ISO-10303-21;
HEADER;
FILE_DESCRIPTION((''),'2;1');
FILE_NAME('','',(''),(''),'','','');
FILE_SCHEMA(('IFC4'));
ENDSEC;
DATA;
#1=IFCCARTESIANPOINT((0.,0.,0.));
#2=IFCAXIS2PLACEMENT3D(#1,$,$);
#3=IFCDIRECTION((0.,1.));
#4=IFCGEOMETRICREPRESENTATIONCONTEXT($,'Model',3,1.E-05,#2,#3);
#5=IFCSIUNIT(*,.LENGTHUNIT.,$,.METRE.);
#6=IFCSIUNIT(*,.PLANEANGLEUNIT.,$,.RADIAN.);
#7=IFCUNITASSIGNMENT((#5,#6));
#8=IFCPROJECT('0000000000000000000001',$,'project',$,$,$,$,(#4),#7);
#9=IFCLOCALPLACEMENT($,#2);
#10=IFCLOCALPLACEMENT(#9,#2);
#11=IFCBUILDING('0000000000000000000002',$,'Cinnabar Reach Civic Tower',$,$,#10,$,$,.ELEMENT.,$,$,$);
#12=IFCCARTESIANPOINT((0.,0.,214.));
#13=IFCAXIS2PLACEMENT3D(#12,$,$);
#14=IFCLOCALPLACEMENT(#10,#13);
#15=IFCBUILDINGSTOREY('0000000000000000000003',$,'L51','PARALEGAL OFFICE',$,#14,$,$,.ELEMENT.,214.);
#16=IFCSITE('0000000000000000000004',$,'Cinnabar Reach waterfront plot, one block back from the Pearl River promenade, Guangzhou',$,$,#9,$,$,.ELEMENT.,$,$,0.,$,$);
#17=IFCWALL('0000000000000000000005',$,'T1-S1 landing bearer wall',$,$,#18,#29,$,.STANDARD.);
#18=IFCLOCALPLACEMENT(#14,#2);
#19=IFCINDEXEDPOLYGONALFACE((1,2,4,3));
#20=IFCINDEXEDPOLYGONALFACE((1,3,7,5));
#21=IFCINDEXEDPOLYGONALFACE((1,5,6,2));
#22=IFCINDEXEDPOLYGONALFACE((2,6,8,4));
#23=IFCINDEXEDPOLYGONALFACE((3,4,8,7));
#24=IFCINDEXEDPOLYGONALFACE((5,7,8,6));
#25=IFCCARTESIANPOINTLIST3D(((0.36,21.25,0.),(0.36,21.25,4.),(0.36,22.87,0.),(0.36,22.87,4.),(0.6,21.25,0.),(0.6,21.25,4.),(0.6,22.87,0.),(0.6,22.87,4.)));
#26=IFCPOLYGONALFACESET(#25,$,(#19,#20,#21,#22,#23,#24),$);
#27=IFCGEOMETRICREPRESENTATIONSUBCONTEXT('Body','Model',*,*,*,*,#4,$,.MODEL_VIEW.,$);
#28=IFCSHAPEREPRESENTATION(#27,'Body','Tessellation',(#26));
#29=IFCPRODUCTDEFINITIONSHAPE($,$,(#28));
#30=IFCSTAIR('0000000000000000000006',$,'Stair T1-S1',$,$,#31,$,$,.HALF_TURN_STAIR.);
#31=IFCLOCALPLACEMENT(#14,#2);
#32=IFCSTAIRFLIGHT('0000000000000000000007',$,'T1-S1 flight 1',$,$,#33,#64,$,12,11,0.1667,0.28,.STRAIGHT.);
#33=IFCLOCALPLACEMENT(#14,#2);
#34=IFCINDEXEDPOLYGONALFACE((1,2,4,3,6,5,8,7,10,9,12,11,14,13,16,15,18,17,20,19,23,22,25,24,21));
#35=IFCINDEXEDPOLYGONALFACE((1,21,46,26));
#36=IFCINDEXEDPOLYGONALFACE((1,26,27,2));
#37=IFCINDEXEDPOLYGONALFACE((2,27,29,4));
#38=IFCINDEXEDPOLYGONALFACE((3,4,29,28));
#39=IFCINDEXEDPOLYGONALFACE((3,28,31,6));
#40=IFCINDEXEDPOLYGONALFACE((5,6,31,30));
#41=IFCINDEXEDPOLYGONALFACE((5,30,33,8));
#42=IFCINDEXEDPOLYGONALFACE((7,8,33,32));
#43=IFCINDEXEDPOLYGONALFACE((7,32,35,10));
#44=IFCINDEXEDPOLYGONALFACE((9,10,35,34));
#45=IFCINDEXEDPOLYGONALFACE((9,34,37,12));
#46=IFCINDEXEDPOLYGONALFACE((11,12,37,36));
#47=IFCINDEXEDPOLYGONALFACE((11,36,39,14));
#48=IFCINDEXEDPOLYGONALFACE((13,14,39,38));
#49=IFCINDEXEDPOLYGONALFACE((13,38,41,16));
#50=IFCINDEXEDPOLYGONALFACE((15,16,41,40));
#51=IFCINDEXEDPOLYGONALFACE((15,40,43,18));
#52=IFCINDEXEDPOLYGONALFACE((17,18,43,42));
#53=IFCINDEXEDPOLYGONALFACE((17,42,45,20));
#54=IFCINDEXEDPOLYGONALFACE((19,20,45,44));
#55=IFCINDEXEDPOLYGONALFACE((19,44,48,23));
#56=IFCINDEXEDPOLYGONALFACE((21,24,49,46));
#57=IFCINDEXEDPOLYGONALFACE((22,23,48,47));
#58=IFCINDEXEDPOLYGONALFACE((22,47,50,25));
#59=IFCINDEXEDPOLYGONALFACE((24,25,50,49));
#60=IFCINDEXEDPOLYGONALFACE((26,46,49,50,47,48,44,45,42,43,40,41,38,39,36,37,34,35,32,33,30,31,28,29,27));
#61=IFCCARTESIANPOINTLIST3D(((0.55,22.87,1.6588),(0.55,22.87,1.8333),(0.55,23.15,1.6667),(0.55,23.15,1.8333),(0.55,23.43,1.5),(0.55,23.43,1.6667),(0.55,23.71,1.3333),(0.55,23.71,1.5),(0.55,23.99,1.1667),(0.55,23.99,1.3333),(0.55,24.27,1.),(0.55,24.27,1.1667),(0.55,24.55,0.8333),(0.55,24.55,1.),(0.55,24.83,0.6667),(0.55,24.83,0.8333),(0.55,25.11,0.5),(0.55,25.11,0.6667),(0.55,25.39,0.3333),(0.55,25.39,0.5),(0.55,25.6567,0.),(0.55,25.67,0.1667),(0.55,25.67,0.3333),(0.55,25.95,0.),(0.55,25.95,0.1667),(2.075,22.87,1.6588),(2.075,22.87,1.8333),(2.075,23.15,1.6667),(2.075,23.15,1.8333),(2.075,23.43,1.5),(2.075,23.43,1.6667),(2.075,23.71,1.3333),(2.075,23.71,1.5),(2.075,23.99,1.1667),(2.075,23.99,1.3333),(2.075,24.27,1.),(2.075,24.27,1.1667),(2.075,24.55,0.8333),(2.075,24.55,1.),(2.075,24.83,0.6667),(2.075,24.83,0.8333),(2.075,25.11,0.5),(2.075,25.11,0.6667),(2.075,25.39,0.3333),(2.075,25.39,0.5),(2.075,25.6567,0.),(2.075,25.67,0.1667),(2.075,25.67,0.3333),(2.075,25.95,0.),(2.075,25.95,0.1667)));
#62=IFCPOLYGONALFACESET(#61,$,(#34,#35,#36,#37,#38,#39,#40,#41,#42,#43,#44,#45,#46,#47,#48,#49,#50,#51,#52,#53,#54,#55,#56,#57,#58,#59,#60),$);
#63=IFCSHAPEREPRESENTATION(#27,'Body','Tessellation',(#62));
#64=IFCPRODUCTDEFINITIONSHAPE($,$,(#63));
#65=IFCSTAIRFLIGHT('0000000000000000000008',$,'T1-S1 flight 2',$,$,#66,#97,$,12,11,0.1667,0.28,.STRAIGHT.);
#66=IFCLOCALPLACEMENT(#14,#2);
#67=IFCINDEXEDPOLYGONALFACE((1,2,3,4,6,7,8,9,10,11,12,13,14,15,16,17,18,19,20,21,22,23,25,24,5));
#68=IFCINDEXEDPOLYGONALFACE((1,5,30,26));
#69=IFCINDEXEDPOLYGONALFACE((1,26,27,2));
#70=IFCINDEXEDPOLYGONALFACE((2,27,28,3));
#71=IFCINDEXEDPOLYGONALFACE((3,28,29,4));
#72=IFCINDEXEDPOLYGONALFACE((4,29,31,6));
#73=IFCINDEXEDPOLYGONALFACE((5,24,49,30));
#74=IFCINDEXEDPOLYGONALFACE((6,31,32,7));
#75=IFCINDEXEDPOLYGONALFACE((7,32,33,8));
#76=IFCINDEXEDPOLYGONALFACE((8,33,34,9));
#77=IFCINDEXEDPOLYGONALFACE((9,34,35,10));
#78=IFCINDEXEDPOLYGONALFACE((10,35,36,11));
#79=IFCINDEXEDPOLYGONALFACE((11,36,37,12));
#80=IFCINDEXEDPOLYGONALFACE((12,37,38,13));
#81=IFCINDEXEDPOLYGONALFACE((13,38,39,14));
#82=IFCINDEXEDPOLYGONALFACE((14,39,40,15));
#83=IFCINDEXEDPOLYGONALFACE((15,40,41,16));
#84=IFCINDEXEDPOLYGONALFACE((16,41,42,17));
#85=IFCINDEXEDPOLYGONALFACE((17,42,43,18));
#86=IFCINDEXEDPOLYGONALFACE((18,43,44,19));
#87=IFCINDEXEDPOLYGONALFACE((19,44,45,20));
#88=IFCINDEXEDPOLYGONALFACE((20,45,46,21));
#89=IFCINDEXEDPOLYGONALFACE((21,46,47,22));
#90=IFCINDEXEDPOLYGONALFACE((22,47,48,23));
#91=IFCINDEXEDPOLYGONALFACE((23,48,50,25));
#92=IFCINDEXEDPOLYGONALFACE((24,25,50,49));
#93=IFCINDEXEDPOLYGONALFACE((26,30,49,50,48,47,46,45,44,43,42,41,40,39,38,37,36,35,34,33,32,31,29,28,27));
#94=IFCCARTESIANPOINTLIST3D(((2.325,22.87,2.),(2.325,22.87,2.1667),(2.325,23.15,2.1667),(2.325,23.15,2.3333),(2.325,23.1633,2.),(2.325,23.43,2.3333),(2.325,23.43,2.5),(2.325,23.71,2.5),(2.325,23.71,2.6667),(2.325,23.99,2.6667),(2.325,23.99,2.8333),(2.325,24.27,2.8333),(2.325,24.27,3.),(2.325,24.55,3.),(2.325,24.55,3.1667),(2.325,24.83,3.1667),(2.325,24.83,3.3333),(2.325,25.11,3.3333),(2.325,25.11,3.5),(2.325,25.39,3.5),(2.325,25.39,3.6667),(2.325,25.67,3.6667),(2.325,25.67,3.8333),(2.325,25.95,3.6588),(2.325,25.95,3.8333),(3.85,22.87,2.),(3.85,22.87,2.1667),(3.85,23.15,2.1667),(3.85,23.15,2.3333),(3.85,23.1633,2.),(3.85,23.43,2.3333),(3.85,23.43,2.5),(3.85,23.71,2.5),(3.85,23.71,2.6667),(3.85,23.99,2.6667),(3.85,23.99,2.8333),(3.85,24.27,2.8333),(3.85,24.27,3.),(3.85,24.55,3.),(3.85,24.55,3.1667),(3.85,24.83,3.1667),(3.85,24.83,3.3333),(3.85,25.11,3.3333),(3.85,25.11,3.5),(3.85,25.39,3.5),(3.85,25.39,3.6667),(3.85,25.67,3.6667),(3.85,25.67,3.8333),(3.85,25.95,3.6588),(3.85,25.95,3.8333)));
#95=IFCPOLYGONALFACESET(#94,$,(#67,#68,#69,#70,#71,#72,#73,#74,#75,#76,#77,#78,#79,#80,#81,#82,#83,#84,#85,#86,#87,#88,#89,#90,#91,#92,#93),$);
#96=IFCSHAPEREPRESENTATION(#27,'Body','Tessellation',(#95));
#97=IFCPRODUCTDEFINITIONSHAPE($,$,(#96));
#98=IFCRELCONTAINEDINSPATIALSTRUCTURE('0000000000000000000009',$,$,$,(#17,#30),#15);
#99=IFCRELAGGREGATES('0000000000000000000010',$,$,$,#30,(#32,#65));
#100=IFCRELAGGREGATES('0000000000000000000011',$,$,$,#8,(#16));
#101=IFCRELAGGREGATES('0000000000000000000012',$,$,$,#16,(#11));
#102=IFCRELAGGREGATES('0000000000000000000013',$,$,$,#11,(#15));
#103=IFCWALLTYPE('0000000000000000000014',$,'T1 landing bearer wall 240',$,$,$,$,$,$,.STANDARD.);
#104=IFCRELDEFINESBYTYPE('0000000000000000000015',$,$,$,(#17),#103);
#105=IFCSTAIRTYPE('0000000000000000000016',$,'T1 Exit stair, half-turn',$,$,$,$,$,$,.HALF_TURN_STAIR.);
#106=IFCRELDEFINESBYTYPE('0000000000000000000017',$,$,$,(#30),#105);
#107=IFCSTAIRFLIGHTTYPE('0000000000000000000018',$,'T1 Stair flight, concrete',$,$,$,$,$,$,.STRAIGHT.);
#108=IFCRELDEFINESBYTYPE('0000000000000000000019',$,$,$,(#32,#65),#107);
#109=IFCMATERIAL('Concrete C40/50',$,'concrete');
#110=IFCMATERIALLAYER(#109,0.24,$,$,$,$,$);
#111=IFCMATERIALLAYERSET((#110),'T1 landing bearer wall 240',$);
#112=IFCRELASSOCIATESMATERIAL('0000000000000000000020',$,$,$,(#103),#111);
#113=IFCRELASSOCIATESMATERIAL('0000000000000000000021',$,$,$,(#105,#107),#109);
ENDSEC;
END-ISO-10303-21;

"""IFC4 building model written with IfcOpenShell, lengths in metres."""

from ifc_helpers import new_model, si_unit, direction, frame, frame_2d, origin, place, context, subcontext, project, spatial, polyline, rectangle, outline, extrude, material, layer, layer_set, type_object, element, aggregate, save


model = new_model("IFC4")

# Units and contexts
model_context = context("Model", 3, precision=1e-05, world=origin(), true_north=direction((0.0, 1.0)))
body_context = subcontext(model_context, "Body", "Model", "MODEL_VIEW")
ifc_project = project(units=[si_unit("LENGTHUNIT", "METRE"), si_unit("PLANEANGLEUNIT", "RADIAN")], contexts=[model_context])

# Site, building, storey
site_placement = place(None, origin())
site = spatial("IfcSite", under=ifc_project, at=site_placement, Name="Cinnabar Reach waterfront plot, one block back from the Pearl River promenade, Guangzhou", CompositionType="ELEMENT", RefElevation=0.0)
building_placement = place(site_placement, origin())
building = spatial("IfcBuilding", under=site, at=building_placement, Name="Cinnabar Reach Civic Tower", CompositionType="ELEMENT")
storey_placement = place(building_placement, frame((0.0, 0.0, 214.0)))
storey = spatial("IfcBuildingStorey", under=building, at=storey_placement, Name="L51", Description="PARALEGAL OFFICE", CompositionType="ELEMENT", Elevation=214.0)

# Wall
ifc_material_1 = material(Name="Concrete C40/50", Category="concrete")
ifc_layer_1 = layer(ifc_material_1, 0.24)
ifc_layer_set_1 = layer_set([ifc_layer_1], Name="T1 landing bearer wall 240")
wall_type_1 = type_object("IfcWallType", Name="T1 landing bearer wall 240", PredefinedType="STANDARD", material=ifc_layer_set_1)
wall_1_placement = place(storey_placement, frame((0.48, 21.25, 0.0), z_axis=(0.0, 0.0, 1.0), x_axis=(0.0, 1.0, 0.0)))
element("IfcWall", 1, at=wall_1_placement, inside=storey, type_object=wall_type_1, Name="T1-S1 landing bearer wall", PredefinedType="STANDARD", context=body_context, shape_type="SweptSolid", body=[
    extrude(rectangle(XDim=1.62, YDim=0.24, at=frame_2d((0.81, 0.0))), origin(), (0.0, 0.0, 1.0), 4.0),
])

# Stair, stair flights
stair_type = type_object("IfcStairType", Name="T1 Exit stair, half-turn", PredefinedType="HALF_TURN_STAIR", material=ifc_material_1)
stair_placement = place(storey_placement, origin())
stair = element("IfcStair", 2, at=stair_placement, inside=storey, type_object=stair_type, Name="Stair T1-S1", PredefinedType="HALF_TURN_STAIR")
stair_flight_type = type_object("IfcStairFlightType", Name="T1 Stair flight, concrete", PredefinedType="STRAIGHT", material=ifc_material_1)
stair_flight_1_placement = place(storey_placement, frame((1.3125, 25.95, 0.0), z_axis=(0.0, 0.0, 1.0), x_axis=(0.0, -1.0, 0.0)))
stair_flight_1 = element("IfcStairFlight", 3, at=stair_flight_1_placement, type_object=stair_flight_type, Name="T1-S1 flight 1", NumberOfRisers=12, NumberOfTreads=11, PredefinedType="STRAIGHT", RiserHeight=0.1667, TreadLength=0.28, context=body_context, shape_type="SweptSolid", body=[
    extrude(outline(polyline([(0.0, 0.0), (0.0, 0.1667), (0.28, 0.1667), (0.28, 0.3333), (0.56, 0.3333), (0.56, 0.5), (0.84, 0.5), (0.84, 0.6667), (1.12, 0.6667), (1.12, 0.8333), (1.4, 0.8333), (1.4, 1.0), (1.68, 1.0), (1.68, 1.1667), (1.96, 1.1667), (1.96, 1.3333), (2.24, 1.3333), (2.24, 1.5), (2.52, 1.5), (2.52, 1.6667), (2.8, 1.6667), (2.8, 1.8333), (3.08, 1.8333), (3.08, 2.0), (3.08, 1.6588), (0.2933, 0.0), (0.0, 0.0)])), frame((0.0, 0.7625, 0.0), z_axis=(0.0, -1.0, 0.0), x_axis=(1.0, 0.0, 0.0)), (0.0, 0.0, 1.0), 1.525),
])
stair_flight_2_placement = place(storey_placement, frame((3.0875, 22.87, 2.0), z_axis=(0.0, 0.0, 1.0), x_axis=(0.0, 1.0, 0.0)))
stair_flight_2 = element("IfcStairFlight", 4, at=stair_flight_2_placement, type_object=stair_flight_type, Name="T1-S1 flight 2", NumberOfRisers=12, NumberOfTreads=11, PredefinedType="STRAIGHT", RiserHeight=0.1667, TreadLength=0.28, context=body_context, shape_type="SweptSolid", body=[
    extrude(outline(polyline([(0.0, 0.0), (0.0, 0.1667), (0.28, 0.1667), (0.28, 0.3333), (0.56, 0.3333), (0.56, 0.5), (0.84, 0.5), (0.84, 0.6667), (1.12, 0.6667), (1.12, 0.8333), (1.4, 0.8333), (1.4, 1.0), (1.68, 1.0), (1.68, 1.1667), (1.96, 1.1667), (1.96, 1.3333), (2.24, 1.3333), (2.24, 1.5), (2.52, 1.5), (2.52, 1.6667), (2.8, 1.6667), (2.8, 1.8333), (3.08, 1.8333), (3.08, 2.0), (3.08, 1.6588), (0.2933, 0.0), (0.0, 0.0)])), frame((0.0, 0.7625, 0.0), z_axis=(0.0, -1.0, 0.0), x_axis=(1.0, 0.0, 0.0)), (0.0, 0.0, 1.0), 1.525),
])
aggregate(stair, [stair_flight_1, stair_flight_2])

save(model, "model.ifc")
